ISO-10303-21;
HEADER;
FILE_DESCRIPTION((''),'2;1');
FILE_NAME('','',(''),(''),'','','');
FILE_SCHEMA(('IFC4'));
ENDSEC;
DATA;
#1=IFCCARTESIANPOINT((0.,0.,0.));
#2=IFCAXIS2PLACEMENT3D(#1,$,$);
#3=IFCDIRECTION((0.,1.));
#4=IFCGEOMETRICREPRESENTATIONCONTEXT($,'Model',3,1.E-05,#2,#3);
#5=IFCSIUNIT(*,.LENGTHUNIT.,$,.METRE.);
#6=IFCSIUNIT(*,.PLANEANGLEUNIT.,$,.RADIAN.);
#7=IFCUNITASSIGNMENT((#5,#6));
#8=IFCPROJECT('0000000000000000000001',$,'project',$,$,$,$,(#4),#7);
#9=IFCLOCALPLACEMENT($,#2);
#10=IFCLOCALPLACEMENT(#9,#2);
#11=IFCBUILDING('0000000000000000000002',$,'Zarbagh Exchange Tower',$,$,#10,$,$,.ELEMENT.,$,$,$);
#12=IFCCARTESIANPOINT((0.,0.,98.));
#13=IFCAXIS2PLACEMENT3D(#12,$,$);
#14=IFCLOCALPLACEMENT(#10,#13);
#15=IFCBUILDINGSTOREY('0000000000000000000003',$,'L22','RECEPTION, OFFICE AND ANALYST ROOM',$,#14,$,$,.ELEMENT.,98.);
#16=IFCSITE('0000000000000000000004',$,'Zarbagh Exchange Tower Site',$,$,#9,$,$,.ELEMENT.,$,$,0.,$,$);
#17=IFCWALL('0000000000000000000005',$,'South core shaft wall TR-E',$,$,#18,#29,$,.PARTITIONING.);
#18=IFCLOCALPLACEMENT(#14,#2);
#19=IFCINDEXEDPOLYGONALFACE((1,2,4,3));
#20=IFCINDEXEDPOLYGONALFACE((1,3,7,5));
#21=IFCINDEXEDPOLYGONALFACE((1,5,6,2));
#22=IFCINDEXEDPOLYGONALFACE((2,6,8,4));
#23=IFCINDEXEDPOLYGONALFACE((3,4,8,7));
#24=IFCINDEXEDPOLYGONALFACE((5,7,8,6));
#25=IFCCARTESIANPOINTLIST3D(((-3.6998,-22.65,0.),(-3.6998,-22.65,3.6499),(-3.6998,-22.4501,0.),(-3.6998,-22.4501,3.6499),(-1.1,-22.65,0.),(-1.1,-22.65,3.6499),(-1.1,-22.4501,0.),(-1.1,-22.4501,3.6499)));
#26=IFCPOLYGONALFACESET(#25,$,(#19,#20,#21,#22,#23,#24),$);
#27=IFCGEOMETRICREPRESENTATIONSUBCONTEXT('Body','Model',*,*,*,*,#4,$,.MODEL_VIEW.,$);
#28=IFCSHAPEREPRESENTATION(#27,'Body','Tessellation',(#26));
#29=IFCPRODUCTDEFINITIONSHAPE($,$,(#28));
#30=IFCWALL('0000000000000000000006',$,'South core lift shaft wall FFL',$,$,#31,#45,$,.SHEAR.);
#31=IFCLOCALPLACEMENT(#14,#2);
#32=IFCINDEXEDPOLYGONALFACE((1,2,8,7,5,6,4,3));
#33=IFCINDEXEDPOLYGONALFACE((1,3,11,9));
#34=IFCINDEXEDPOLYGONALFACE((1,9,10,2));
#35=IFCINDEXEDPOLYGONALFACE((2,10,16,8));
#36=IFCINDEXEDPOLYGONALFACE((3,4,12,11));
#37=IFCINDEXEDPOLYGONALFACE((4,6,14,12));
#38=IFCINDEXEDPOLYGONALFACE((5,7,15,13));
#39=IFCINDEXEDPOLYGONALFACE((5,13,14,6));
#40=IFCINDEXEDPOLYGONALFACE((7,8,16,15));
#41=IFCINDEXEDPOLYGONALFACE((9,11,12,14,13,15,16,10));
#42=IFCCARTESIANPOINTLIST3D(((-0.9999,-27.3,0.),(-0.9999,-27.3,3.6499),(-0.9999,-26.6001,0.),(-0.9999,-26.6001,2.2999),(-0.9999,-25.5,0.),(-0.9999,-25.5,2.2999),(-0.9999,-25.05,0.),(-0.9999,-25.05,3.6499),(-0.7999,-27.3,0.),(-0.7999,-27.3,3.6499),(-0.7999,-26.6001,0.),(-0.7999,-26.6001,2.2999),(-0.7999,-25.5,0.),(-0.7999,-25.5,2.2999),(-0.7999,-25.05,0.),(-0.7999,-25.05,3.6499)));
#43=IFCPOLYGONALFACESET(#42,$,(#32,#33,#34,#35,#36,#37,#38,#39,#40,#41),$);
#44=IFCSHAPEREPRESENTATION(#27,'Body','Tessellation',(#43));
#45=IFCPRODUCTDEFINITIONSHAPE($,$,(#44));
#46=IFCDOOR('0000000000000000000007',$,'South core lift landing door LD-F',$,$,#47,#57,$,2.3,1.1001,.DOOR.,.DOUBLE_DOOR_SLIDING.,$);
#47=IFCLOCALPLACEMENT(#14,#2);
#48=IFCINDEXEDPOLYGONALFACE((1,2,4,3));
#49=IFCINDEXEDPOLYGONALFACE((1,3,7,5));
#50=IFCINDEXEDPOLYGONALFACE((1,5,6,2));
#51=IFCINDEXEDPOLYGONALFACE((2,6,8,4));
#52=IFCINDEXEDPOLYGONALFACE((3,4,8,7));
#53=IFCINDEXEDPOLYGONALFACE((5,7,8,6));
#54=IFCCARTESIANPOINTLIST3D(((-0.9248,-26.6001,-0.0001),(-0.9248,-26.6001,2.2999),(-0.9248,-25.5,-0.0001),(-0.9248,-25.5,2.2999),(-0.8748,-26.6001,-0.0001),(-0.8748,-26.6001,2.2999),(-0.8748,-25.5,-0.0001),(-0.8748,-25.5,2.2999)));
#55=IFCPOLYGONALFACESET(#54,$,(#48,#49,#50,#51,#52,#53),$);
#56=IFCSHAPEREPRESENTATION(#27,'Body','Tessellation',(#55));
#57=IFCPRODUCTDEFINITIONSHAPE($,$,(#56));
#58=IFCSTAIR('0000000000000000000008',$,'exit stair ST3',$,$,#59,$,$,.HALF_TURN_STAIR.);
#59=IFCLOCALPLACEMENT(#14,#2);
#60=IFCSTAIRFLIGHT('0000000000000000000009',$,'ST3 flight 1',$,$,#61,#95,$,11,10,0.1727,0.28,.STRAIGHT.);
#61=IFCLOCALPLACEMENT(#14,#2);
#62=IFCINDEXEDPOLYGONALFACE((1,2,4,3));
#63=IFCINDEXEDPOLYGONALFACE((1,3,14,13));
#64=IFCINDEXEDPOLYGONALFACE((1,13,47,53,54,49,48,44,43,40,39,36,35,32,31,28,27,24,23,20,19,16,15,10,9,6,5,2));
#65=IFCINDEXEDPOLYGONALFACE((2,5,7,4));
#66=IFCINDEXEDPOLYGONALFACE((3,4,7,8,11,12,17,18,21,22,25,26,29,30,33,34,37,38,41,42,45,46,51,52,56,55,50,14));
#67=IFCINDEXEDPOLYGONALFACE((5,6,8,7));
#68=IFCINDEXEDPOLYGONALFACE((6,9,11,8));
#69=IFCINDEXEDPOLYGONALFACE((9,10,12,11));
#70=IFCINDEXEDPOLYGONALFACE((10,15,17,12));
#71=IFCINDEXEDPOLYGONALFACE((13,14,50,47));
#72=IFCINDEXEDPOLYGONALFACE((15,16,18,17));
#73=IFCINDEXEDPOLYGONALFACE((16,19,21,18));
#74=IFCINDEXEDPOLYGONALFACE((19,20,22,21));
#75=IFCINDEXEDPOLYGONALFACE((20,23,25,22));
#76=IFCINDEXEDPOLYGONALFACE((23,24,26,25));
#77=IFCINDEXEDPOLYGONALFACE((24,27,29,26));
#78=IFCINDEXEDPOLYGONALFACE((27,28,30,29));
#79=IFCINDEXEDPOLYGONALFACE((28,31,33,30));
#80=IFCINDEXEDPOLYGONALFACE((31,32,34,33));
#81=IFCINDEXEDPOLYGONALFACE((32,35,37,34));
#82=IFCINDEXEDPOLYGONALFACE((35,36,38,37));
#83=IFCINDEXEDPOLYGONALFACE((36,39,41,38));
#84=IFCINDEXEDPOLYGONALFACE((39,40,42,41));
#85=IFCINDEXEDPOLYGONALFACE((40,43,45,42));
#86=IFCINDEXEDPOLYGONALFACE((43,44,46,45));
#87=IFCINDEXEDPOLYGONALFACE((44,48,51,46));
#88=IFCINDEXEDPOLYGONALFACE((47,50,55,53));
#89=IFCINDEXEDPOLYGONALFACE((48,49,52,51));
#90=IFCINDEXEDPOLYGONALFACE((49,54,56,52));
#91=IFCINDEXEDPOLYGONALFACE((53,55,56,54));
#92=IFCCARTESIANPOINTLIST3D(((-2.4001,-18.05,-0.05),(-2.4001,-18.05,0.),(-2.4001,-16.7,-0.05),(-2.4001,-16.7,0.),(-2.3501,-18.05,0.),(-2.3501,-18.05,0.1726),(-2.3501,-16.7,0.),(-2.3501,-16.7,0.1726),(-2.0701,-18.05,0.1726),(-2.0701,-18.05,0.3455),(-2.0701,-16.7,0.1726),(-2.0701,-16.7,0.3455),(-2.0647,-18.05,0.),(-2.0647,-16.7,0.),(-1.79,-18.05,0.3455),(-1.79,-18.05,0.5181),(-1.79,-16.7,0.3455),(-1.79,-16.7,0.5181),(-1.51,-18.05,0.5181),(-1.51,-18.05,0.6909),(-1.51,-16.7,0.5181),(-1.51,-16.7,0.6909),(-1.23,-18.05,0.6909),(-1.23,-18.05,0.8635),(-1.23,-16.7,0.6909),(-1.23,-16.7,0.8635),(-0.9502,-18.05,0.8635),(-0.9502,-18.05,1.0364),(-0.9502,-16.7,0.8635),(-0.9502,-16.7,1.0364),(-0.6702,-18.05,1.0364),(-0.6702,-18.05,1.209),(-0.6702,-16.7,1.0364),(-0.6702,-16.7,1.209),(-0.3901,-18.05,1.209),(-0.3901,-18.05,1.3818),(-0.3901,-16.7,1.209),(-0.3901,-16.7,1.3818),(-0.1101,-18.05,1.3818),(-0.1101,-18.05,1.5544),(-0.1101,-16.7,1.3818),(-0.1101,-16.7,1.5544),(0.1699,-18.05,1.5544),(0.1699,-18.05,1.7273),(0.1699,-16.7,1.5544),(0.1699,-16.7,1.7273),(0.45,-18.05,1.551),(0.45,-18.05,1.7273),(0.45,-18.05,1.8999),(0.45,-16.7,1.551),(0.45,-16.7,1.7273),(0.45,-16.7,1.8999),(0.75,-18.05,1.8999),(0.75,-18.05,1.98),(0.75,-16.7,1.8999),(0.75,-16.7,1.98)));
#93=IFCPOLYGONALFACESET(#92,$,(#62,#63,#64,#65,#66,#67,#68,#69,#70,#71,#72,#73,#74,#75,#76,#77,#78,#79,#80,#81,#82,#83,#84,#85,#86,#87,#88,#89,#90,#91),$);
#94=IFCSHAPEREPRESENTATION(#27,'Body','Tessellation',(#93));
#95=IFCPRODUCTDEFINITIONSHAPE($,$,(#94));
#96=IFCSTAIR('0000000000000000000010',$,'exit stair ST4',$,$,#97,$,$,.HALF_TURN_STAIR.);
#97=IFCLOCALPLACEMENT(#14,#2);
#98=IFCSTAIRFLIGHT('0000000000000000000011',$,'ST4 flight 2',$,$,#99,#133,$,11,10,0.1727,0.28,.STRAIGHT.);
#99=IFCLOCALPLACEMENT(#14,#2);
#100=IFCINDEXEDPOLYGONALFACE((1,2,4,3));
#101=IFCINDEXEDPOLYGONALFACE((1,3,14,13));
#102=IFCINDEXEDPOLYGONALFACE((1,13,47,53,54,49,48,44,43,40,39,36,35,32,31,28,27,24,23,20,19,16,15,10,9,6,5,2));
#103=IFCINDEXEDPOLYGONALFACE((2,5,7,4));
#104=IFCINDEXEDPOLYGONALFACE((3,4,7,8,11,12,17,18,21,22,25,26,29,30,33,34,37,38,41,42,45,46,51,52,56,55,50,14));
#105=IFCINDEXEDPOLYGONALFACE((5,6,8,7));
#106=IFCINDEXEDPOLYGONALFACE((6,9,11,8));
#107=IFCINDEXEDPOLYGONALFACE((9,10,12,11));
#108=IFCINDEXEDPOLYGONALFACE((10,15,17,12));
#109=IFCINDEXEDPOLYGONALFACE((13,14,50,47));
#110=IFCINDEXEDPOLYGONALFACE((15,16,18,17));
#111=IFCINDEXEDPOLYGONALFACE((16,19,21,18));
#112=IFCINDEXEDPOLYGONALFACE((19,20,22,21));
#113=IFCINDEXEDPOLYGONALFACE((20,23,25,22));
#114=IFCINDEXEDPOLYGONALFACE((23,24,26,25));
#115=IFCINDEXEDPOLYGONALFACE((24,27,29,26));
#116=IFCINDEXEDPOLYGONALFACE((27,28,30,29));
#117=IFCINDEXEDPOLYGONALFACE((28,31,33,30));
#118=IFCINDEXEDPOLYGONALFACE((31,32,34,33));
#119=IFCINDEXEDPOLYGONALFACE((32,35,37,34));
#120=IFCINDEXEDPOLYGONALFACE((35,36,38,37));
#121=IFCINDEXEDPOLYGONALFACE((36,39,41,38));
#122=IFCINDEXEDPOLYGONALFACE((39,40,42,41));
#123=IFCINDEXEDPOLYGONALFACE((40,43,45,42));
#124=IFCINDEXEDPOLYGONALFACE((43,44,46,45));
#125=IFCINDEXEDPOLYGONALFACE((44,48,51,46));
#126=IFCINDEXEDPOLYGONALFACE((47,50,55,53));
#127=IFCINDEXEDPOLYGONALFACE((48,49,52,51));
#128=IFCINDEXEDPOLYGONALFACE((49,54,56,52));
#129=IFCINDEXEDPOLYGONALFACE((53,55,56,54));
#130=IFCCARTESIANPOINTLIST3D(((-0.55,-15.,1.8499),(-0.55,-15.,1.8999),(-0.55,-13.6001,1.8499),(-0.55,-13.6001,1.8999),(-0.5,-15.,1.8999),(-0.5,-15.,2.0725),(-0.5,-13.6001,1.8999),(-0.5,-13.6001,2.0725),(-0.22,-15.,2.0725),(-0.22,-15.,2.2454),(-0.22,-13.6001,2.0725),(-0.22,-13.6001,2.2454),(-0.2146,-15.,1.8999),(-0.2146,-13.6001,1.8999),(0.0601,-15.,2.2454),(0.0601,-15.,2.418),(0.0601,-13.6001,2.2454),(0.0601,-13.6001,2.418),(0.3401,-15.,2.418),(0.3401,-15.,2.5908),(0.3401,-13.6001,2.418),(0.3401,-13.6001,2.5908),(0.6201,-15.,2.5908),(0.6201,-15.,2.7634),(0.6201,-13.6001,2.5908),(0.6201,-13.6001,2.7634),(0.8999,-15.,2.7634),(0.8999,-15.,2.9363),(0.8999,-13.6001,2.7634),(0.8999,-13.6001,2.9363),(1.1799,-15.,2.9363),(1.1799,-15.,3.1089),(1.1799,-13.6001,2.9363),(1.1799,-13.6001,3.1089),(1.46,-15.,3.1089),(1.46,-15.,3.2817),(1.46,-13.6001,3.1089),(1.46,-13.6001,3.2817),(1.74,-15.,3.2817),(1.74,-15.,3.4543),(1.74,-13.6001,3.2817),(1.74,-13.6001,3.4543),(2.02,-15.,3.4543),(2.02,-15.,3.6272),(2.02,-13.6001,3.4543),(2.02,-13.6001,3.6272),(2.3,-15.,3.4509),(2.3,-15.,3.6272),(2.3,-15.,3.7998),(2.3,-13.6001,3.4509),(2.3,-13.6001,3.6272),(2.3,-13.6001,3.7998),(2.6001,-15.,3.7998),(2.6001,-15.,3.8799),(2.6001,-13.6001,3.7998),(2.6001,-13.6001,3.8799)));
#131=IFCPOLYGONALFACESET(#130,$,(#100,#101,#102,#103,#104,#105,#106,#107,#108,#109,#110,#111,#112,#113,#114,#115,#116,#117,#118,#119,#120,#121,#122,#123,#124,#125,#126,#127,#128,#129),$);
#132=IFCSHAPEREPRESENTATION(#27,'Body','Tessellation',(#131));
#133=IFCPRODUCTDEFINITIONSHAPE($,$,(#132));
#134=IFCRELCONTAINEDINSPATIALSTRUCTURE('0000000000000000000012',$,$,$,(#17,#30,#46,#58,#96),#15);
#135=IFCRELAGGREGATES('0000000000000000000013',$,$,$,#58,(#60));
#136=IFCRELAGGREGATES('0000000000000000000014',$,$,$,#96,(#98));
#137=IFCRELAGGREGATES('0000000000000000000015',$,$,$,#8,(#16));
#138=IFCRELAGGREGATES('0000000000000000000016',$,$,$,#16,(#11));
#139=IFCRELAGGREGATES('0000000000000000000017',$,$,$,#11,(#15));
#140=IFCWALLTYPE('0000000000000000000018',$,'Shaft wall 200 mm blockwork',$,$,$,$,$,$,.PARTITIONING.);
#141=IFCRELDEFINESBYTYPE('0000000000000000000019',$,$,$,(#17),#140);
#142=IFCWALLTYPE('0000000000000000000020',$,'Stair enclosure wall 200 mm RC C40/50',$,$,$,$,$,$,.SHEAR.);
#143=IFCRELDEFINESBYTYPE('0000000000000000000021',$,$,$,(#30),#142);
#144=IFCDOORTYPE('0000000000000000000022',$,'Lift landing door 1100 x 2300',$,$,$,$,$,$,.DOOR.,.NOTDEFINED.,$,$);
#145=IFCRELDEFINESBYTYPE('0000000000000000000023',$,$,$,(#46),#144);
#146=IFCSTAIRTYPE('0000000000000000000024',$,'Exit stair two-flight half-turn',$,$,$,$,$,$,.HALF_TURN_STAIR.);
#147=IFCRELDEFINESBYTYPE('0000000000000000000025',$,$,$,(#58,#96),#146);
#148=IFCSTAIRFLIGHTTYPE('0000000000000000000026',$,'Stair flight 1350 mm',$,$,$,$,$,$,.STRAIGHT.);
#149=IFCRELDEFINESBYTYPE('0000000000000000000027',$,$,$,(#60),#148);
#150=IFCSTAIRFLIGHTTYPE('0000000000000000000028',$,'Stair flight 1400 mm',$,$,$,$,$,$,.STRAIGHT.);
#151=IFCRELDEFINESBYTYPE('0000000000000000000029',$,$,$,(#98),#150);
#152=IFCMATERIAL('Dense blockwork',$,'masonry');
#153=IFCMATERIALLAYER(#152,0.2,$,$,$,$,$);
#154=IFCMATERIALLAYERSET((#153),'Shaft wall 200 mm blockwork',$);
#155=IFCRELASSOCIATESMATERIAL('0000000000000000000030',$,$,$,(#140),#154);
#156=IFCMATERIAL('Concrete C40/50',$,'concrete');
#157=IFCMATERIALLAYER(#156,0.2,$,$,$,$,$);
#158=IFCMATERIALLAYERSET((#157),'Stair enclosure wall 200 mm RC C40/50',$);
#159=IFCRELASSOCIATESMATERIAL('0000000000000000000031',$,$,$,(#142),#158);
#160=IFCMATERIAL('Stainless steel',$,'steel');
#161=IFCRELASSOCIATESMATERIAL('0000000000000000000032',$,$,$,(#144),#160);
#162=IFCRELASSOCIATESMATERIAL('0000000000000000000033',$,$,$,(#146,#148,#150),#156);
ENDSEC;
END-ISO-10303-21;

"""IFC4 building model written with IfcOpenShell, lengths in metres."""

from ifc_helpers import new_model, si_unit, direction, frame, frame_2d, origin, place, context, subcontext, project, spatial, polyline, rectangle, outline, extrude, material, layer, layer_set, type_object, element, fill, aggregate, save


model = new_model("IFC4")

# Units and contexts
model_context = context("Model", 3, precision=1e-05, world=origin(), true_north=direction((0.0, 1.0)))
body_context = subcontext(model_context, "Body", "Model", "MODEL_VIEW")
ifc_project = project(units=[si_unit("LENGTHUNIT", "METRE"), si_unit("PLANEANGLEUNIT", "RADIAN")], contexts=[model_context])

# Site, building, storey
site_placement = place(None, origin())
site = spatial("IfcSite", under=ifc_project, at=site_placement, Name="Zarbagh Exchange Tower Site", CompositionType="ELEMENT", RefElevation=0.0)
building_placement = place(site_placement, origin())
building = spatial("IfcBuilding", under=site, at=building_placement, Name="Zarbagh Exchange Tower", CompositionType="ELEMENT")
storey_placement = place(building_placement, frame((0.0, 0.0, 98.0)))
storey = spatial("IfcBuildingStorey", under=building, at=storey_placement, Name="L22", Description="RECEPTION, OFFICE AND ANALYST ROOM", CompositionType="ELEMENT", Elevation=98.0)

# Shared definitions
ifc_material_1 = material(Name="Concrete C40/50", Category="concrete")

# Wall
ifc_material_2 = material(Name="Dense blockwork", Category="masonry")
ifc_layer_1 = layer(ifc_material_2, 0.2)
ifc_layer_set_1 = layer_set([ifc_layer_1], Name="Shaft wall 200 mm blockwork")
wall_type_1 = type_object("IfcWallType", Name="Shaft wall 200 mm blockwork", PredefinedType="PARTITIONING", material=ifc_layer_set_1)
wall_1_placement = place(storey_placement, frame((-1.1001, -22.55, 0.0), z_axis=(0.0, 0.0, 1.0), x_axis=(-1.0, 0.0, 0.0)))
element("IfcWall", 1, at=wall_1_placement, inside=storey, type_object=wall_type_1, Name="South core shaft wall TR-E", PredefinedType="PARTITIONING", context=body_context, shape_type="SweptSolid", body=[
    extrude(rectangle(XDim=2.5999, YDim=0.2, at=frame_2d((1.2998, 0.0))), origin(), (0.0, 0.0, 1.0), 3.6499),
])

# Wall, opening, door
ifc_layer_2 = layer(ifc_material_1, 0.2)
ifc_layer_set_2 = layer_set([ifc_layer_2], Name="Stair enclosure wall 200 mm RC C40/50")
wall_type_2 = type_object("IfcWallType", Name="Stair enclosure wall 200 mm RC C40/50", PredefinedType="SHEAR", material=ifc_layer_set_2)
wall_2_placement = place(storey_placement, frame((-0.8999, -27.3, 0.0), z_axis=(0.0, 0.0, 1.0), x_axis=(0.0, 1.0, 0.0)))
wall_2 = element("IfcWall", 2, at=wall_2_placement, inside=storey, type_object=wall_type_2, Name="South core lift shaft wall FFL", PredefinedType="SHEAR", context=body_context, shape_type="SweptSolid", body=[
    extrude(rectangle(XDim=2.25, YDim=0.2, at=frame_2d((1.125, 0.0))), origin(), (0.0, 0.0, 1.0), 3.6499),
])
opening_1_placement = place(wall_2_placement, frame((0.7, 0.0, 0.0)))
opening_1 = element("IfcOpeningElement", 3, at=opening_1_placement, cuts=wall_2, PredefinedType="OPENING", context=body_context, shape_type="SweptSolid", body=[
    extrude(rectangle(XDim=1.1001, YDim=2.3, at=frame_2d((0.55, 1.1499))), frame((0.0, 0.1099, 0.0), z_axis=(0.0, -1.0, 0.0), x_axis=(1.0, 0.0, 0.0)), (0.0, 0.0, 1.0), 0.22),
])
ifc_material_3 = material(Name="Stainless steel", Category="steel")
door_type_1 = type_object("IfcDoorType", Name="Lift landing door 1100 x 2300", OperationType="NOTDEFINED", PredefinedType="DOOR", material=ifc_material_3)
door_1_placement = place(opening_1_placement, origin())
door_1 = element("IfcDoor", 4, at=door_1_placement, inside=storey, type_object=door_type_1, Name="South core lift landing door LD-F", OperationType="DOUBLE_DOOR_SLIDING", OverallHeight=2.3, OverallWidth=1.1001, PredefinedType="DOOR", context=body_context, shape_type="SweptSolid", body=[
    extrude(rectangle(XDim=1.1001, YDim=2.3, at=frame_2d((0.55, 1.1499))), frame((0.0, 0.0249, 0.0), z_axis=(0.0, -1.0, 0.0), x_axis=(1.0, 0.0, 0.0)), (0.0, 0.0, 1.0), 0.05),
])
fill(opening_1, door_1)

# Stairs, stair flights
stair_type = type_object("IfcStairType", Name="Exit stair two-flight half-turn", PredefinedType="HALF_TURN_STAIR", material=ifc_material_1)
stair_1_placement = place(storey_placement, origin())
stair_1 = element("IfcStair", 5, at=stair_1_placement, inside=storey, type_object=stair_type, Name="exit stair ST3", PredefinedType="HALF_TURN_STAIR")
stair_flight_type_1 = type_object("IfcStairFlightType", Name="Stair flight 1350 mm", PredefinedType="STRAIGHT", material=ifc_material_1)
stair_flight_1_placement = place(storey_placement, frame((-2.3501, -17.375, 0.0), z_axis=(0.0, 0.0, 1.0), x_axis=(1.0, 0.0, 0.0)))
stair_flight_1 = element("IfcStairFlight", 6, at=stair_flight_1_placement, type_object=stair_flight_type_1, Name="ST3 flight 1", NumberOfRisers=11, NumberOfTreads=10, PredefinedType="STRAIGHT", RiserHeight=0.1727, TreadLength=0.28, context=body_context, shape_type="SweptSolid", body=[
    extrude(outline(polyline([(-0.05, -0.05), (-0.05, 0.0), (0.0, 0.0), (0.0, 0.1726), (0.28, 0.1726), (0.28, 0.3455), (0.5601, 0.3455), (0.5601, 0.5181), (0.8401, 0.5181), (0.8401, 0.6909), (1.1201, 0.6909), (1.1201, 0.8635), (1.3999, 0.8635), (1.3999, 1.0364), (1.6799, 1.0364), (1.6799, 1.209), (1.96, 1.209), (1.96, 1.3818), (2.24, 1.3818), (2.24, 1.5544), (2.52, 1.5544), (2.52, 1.7273), (2.8, 1.7273), (2.8, 1.8999), (3.1001, 1.98), (3.1001, 1.8999), (2.8, 1.551), (0.2854, 0.0), (-0.05, -0.05)])), frame((0.0, 0.675, 0.0), z_axis=(0.0, -1.0, 0.0), x_axis=(1.0, 0.0, 0.0)), (0.0, 0.0, 1.0), 1.3501),
])
aggregate(stair_1, [stair_flight_1])
stair_2_placement = place(storey_placement, origin())
stair_2 = element("IfcStair", 7, at=stair_2_placement, inside=storey, type_object=stair_type, Name="exit stair ST4", PredefinedType="HALF_TURN_STAIR")
stair_flight_type_2 = type_object("IfcStairFlightType", Name="Stair flight 1400 mm", PredefinedType="STRAIGHT", material=ifc_material_1)
stair_flight_2_placement = place(storey_placement, frame((-0.5, -14.3, 1.8999), z_axis=(0.0, 0.0, 1.0), x_axis=(1.0, 0.0, 0.0)))
stair_flight_2 = element("IfcStairFlight", 8, at=stair_flight_2_placement, type_object=stair_flight_type_2, Name="ST4 flight 2", NumberOfRisers=11, NumberOfTreads=10, PredefinedType="STRAIGHT", RiserHeight=0.1727, TreadLength=0.28, context=body_context, shape_type="SweptSolid", body=[
    extrude(outline(polyline([(-0.05, -0.05), (-0.05, 0.0), (0.0, 0.0), (0.0, 0.1726), (0.28, 0.1726), (0.28, 0.3455), (0.5601, 0.3455), (0.5601, 0.5181), (0.8401, 0.5181), (0.8401, 0.6909), (1.1201, 0.6909), (1.1201, 0.8635), (1.3999, 0.8635), (1.3999, 1.0364), (1.6799, 1.0364), (1.6799, 1.209), (1.96, 1.209), (1.96, 1.3818), (2.24, 1.3818), (2.24, 1.5544), (2.52, 1.5544), (2.52, 1.7273), (2.8, 1.7273), (2.8, 1.8999), (3.1001, 1.98), (3.1001, 1.8999), (2.8, 1.551), (0.2854, 0.0), (-0.05, -0.05)])), frame((0.0, 0.7, 0.0), z_axis=(0.0, -1.0, 0.0), x_axis=(1.0, 0.0, 0.0)), (0.0, 0.0, 1.0), 1.3999),
])
aggregate(stair_2, [stair_flight_2])

save(model, "model.ifc")
